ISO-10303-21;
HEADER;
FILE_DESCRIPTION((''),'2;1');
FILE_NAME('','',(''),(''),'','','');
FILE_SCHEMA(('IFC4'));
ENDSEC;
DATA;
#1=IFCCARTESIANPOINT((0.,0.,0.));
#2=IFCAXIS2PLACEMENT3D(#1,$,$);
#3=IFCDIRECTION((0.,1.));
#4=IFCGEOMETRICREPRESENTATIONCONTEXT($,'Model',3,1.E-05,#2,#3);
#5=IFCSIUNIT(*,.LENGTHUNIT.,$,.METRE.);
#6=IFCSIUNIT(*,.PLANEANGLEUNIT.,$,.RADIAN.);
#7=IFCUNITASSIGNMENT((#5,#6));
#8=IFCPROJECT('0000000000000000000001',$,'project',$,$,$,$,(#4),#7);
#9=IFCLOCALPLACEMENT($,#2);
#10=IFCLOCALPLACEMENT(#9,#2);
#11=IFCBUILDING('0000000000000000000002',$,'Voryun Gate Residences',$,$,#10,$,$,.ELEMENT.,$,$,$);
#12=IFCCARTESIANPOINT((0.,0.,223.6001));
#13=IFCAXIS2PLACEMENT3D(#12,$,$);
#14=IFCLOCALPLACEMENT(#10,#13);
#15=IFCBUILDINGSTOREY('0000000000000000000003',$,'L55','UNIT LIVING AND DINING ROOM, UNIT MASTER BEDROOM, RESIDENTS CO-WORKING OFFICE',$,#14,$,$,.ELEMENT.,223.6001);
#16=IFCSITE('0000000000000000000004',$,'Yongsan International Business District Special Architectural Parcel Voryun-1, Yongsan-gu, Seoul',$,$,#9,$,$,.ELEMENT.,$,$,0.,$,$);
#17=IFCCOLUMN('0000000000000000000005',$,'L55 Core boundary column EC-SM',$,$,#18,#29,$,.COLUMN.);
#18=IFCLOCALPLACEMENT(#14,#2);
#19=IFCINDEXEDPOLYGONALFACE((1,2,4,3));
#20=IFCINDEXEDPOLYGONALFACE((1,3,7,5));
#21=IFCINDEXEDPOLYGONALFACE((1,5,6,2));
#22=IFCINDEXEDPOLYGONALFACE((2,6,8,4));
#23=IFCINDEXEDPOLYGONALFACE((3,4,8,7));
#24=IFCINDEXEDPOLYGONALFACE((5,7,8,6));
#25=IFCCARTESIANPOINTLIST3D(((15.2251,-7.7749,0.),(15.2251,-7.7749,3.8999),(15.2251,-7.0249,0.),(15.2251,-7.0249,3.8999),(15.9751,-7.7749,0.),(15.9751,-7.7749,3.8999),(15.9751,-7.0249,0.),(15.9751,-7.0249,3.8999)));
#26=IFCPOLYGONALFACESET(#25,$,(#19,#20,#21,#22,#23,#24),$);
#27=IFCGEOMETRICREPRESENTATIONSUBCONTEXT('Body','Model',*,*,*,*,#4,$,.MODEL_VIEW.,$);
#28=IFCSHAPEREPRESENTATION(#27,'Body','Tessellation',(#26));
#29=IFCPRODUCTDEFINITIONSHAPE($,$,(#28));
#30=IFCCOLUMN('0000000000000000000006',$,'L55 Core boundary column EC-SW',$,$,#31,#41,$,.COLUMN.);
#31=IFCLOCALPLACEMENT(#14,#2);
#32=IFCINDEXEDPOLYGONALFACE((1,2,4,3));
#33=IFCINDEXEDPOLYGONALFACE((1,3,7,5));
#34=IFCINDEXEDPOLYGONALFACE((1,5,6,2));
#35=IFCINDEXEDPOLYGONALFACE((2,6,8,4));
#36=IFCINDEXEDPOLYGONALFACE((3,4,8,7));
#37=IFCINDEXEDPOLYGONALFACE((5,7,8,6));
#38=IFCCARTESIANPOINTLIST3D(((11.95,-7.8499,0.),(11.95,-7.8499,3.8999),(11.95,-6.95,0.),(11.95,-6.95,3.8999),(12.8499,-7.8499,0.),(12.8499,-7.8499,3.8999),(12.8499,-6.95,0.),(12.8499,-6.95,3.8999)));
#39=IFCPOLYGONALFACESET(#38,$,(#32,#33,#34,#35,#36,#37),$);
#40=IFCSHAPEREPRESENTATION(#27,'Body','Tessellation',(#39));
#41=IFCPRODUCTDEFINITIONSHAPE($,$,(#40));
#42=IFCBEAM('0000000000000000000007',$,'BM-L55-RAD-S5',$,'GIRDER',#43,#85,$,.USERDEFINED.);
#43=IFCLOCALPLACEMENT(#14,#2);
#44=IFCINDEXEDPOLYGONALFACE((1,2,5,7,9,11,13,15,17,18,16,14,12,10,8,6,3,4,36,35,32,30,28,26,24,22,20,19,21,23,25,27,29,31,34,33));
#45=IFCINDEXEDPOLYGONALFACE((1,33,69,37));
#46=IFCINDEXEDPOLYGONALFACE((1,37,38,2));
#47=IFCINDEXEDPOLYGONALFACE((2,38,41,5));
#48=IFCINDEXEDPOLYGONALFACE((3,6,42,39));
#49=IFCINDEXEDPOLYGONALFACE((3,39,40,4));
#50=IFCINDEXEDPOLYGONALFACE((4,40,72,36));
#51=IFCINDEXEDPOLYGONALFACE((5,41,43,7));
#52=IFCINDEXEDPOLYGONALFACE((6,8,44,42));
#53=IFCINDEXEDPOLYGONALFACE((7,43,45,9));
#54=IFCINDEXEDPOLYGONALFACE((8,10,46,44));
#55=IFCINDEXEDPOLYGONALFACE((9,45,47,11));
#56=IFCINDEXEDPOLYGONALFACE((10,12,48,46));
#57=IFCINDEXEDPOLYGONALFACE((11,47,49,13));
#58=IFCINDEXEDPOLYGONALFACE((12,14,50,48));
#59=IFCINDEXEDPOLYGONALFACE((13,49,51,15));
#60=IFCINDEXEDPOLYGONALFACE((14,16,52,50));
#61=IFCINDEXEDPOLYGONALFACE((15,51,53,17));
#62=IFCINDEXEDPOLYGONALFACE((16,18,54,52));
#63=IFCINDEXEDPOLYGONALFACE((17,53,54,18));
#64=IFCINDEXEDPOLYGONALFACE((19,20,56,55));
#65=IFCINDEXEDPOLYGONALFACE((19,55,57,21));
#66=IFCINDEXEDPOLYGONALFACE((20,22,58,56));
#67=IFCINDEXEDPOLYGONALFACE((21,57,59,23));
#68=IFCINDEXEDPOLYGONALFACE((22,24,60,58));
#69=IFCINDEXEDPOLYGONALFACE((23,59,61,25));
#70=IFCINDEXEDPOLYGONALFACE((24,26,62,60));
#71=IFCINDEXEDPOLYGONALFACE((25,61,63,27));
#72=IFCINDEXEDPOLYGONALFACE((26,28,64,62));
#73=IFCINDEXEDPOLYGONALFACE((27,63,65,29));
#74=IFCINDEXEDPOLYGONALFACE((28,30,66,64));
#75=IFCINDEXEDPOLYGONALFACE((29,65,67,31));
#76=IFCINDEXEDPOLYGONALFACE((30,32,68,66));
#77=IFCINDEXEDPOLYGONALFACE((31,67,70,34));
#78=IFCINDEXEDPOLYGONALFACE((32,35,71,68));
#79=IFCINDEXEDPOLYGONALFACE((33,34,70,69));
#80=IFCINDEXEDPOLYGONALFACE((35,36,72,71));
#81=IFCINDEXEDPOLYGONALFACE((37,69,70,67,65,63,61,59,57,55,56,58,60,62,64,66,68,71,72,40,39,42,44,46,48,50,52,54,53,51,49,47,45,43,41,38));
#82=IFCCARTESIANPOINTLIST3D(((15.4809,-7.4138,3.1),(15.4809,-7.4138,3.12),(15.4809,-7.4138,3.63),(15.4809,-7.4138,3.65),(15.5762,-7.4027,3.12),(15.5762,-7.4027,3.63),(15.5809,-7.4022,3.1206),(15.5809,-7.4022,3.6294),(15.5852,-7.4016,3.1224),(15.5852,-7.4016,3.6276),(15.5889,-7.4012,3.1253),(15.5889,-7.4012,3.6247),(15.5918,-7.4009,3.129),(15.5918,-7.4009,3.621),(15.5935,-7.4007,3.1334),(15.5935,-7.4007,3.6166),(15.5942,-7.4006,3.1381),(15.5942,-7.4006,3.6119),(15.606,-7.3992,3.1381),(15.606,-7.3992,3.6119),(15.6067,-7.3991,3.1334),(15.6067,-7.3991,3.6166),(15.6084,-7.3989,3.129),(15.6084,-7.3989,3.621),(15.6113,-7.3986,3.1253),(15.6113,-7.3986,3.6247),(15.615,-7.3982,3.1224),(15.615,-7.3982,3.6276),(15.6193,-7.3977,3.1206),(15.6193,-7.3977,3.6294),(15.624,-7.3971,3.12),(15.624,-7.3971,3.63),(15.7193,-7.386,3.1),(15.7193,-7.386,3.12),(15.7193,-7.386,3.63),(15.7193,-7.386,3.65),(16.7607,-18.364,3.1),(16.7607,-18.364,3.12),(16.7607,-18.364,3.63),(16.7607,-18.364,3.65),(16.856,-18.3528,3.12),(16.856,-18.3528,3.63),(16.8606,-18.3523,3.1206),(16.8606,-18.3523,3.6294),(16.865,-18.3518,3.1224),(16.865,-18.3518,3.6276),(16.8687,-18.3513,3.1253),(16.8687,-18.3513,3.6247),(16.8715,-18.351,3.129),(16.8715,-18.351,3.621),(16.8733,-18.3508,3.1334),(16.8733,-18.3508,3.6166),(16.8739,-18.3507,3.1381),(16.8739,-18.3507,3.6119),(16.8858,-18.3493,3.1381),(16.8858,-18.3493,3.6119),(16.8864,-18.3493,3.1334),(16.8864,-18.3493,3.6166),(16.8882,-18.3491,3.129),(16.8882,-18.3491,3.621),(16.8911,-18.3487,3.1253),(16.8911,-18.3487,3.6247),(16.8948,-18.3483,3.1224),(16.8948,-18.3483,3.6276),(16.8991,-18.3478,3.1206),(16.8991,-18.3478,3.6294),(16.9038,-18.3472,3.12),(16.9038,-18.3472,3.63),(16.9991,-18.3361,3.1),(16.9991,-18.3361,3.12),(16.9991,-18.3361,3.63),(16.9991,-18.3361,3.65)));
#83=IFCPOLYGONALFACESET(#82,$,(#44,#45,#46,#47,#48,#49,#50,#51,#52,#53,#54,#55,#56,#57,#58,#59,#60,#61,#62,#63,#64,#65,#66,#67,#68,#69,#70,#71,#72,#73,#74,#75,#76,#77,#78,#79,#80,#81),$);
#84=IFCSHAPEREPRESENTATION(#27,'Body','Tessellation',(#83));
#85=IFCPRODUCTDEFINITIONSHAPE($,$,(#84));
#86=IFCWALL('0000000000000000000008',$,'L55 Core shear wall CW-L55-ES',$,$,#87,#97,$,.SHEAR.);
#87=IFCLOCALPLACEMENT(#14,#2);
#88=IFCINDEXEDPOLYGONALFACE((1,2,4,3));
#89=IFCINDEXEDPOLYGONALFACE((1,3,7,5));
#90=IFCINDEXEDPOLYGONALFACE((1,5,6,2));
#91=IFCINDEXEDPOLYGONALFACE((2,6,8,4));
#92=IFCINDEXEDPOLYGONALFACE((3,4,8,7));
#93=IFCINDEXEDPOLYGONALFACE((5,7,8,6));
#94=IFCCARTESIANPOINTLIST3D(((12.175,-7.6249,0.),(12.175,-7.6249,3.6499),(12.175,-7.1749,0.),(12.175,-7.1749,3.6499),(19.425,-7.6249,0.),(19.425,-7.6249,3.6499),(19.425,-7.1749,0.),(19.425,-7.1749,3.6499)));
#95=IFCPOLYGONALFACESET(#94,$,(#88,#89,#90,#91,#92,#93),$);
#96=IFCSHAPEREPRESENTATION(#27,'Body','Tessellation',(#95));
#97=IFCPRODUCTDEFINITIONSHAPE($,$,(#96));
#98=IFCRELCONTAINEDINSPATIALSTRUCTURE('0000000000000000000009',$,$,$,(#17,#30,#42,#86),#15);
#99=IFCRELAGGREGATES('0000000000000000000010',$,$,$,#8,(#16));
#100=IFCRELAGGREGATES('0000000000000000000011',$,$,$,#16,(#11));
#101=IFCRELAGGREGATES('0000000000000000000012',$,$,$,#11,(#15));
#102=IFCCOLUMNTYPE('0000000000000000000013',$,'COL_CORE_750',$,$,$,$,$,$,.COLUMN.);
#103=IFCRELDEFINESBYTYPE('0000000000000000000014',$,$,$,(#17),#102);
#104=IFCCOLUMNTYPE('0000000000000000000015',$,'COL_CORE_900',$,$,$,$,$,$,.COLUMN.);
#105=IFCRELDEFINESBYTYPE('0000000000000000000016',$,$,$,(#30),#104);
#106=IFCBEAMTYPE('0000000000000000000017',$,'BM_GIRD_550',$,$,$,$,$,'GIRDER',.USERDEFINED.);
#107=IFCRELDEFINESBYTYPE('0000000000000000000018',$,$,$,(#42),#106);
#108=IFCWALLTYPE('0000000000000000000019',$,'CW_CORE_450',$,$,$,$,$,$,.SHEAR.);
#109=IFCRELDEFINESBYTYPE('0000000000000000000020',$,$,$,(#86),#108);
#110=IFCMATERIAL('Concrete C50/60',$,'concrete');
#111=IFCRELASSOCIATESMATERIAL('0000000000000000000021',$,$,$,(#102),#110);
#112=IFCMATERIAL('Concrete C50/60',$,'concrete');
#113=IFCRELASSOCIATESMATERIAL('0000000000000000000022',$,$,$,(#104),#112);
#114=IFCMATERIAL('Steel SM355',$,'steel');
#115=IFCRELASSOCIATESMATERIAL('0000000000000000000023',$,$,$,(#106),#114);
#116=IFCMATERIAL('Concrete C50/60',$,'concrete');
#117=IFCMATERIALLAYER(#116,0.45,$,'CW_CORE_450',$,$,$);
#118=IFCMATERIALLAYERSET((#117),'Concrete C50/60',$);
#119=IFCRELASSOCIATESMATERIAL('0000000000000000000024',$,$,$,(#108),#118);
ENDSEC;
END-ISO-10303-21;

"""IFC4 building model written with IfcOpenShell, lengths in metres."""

from ifc_helpers import new_model, si_unit, direction, frame, frame_2d, origin, origin_2d, place, context, subcontext, project, spatial, rectangle, i_section, extrude, material, layer, layer_set, material_profile, profile_set, type_object, element, save


model = new_model("IFC4")

# Units and contexts
model_context = context("Model", 3, precision=1e-05, world=origin(), true_north=direction((0.0, 1.0)))
body_context = subcontext(model_context, "Body", "Model", "MODEL_VIEW")
ifc_project = project(units=[si_unit("LENGTHUNIT", "METRE"), si_unit("PLANEANGLEUNIT", "RADIAN")], contexts=[model_context])

# Site, building, storey
site_placement = place(None, origin())
site = spatial("IfcSite", under=ifc_project, at=site_placement, Name="Yongsan International Business District Special Architectural Parcel Voryun-1, Yongsan-gu, Seoul", CompositionType="ELEMENT", RefElevation=0.0)
building_placement = place(site_placement, origin())
building = spatial("IfcBuilding", under=site, at=building_placement, Name="Voryun Gate Residences", CompositionType="ELEMENT")
storey_placement = place(building_placement, frame((0.0, 0.0, 223.6001)))
storey = spatial("IfcBuildingStorey", under=building, at=storey_placement, Name="L55", Description="UNIT LIVING AND DINING ROOM, UNIT MASTER BEDROOM, RESIDENTS CO-WORKING OFFICE", CompositionType="ELEMENT", Elevation=223.6001)

# Columns
ifc_material_1 = material(Name="Concrete C50/60", Category="concrete")
ifc_material_profile_1 = material_profile(ifc_material_1, rectangle(XDim=0.75, YDim=0.75, at=origin_2d()), Name="RC-750x750")
ifc_profile_set_1 = profile_set([ifc_material_profile_1], Name="Concrete C50/60")
column_type_1 = type_object("IfcColumnType", Name="COL_CORE_750", PredefinedType="COLUMN", material=ifc_profile_set_1)
column_1_placement = place(storey_placement, frame((15.6001, -7.3999, 0.0), z_axis=(0.0, 0.0, 1.0), x_axis=(1.0, 0.0, 0.0)))
element("IfcColumn", 1, at=column_1_placement, inside=storey, type_object=column_type_1, Name="L55 Core boundary column EC-SM", PredefinedType="COLUMN", context=body_context, shape_type="SweptSolid", body=[
    extrude(rectangle(XDim=0.75, YDim=0.75, at=origin_2d()), origin(), (0.0, 0.0, 1.0), 3.8999),
])
ifc_material_2 = material(Name="Concrete C50/60", Category="concrete")
ifc_material_profile_2 = material_profile(ifc_material_2, rectangle(XDim=0.8999, YDim=0.8999, at=origin_2d()), Name="RC-900x900")
ifc_profile_set_2 = profile_set([ifc_material_profile_2], Name="Concrete C50/60")
column_type_2 = type_object("IfcColumnType", Name="COL_CORE_900", PredefinedType="COLUMN", material=ifc_profile_set_2)
column_2_placement = place(storey_placement, frame((12.3999, -7.3999, 0.0), z_axis=(0.0, 0.0, 1.0), x_axis=(1.0, 0.0, 0.0)))
element("IfcColumn", 2, at=column_2_placement, inside=storey, type_object=column_type_2, Name="L55 Core boundary column EC-SW", PredefinedType="COLUMN", context=body_context, shape_type="SweptSolid", body=[
    extrude(rectangle(XDim=0.8999, YDim=0.8999, at=origin_2d()), origin(), (0.0, 0.0, 1.0), 3.8999),
])

# Beam
ifc_material_3 = material(Name="Steel SM355", Category="steel")
ifc_material_profile_3 = material_profile(ifc_material_3, i_section(OverallWidth=0.24, OverallDepth=0.55, WebThickness=0.012, FlangeThickness=0.02, FilletRadius=0.0181, at=origin_2d()), Name="H-550x240x12x20")
ifc_profile_set_3 = profile_set([ifc_material_profile_3], Name="Steel SM355")
beam_type = type_object("IfcBeamType", Name="BM_GIRD_550", ElementType="GIRDER", PredefinedType="USERDEFINED", material=ifc_profile_set_3)
beam_placement = place(storey_placement, frame((15.6001, -7.3999, 3.375), z_axis=(0.116083, -0.993239, 0.0), x_axis=(0.993239, 0.116083, 0.0)))
element("IfcBeam", 3, at=beam_placement, inside=storey, type_object=beam_type, Name="BM-L55-RAD-S5", ObjectType="GIRDER", PredefinedType="USERDEFINED", context=body_context, shape_type="SweptSolid", body=[
    extrude(i_section(OverallWidth=0.24, OverallDepth=0.55, WebThickness=0.012, FlangeThickness=0.02, FilletRadius=0.0181, at=origin_2d()), origin(), (0.0, 0.0, 1.0), 11.0247),
])

# Wall
ifc_material_4 = material(Name="Concrete C50/60", Category="concrete")
ifc_layer_1 = layer(ifc_material_4, 0.45, Name="CW_CORE_450")
ifc_layer_set_1 = layer_set([ifc_layer_1], Name="Concrete C50/60")
wall_type_1 = type_object("IfcWallType", Name="CW_CORE_450", PredefinedType="SHEAR", material=ifc_layer_set_1)
wall_1_placement = place(storey_placement, frame((12.175, -7.3999, 0.0), z_axis=(0.0, 0.0, 1.0), x_axis=(1.0, 0.0, 0.0)))
element("IfcWall", 4, at=wall_1_placement, inside=storey, type_object=wall_type_1, Name="L55 Core shear wall CW-L55-ES", PredefinedType="SHEAR", context=body_context, shape_type="SweptSolid", body=[
    extrude(rectangle(XDim=7.25, YDim=0.45, at=frame_2d((3.625, 0.0))), origin(), (0.0, 0.0, 1.0), 3.6499),
])

save(model, "model.ifc")
